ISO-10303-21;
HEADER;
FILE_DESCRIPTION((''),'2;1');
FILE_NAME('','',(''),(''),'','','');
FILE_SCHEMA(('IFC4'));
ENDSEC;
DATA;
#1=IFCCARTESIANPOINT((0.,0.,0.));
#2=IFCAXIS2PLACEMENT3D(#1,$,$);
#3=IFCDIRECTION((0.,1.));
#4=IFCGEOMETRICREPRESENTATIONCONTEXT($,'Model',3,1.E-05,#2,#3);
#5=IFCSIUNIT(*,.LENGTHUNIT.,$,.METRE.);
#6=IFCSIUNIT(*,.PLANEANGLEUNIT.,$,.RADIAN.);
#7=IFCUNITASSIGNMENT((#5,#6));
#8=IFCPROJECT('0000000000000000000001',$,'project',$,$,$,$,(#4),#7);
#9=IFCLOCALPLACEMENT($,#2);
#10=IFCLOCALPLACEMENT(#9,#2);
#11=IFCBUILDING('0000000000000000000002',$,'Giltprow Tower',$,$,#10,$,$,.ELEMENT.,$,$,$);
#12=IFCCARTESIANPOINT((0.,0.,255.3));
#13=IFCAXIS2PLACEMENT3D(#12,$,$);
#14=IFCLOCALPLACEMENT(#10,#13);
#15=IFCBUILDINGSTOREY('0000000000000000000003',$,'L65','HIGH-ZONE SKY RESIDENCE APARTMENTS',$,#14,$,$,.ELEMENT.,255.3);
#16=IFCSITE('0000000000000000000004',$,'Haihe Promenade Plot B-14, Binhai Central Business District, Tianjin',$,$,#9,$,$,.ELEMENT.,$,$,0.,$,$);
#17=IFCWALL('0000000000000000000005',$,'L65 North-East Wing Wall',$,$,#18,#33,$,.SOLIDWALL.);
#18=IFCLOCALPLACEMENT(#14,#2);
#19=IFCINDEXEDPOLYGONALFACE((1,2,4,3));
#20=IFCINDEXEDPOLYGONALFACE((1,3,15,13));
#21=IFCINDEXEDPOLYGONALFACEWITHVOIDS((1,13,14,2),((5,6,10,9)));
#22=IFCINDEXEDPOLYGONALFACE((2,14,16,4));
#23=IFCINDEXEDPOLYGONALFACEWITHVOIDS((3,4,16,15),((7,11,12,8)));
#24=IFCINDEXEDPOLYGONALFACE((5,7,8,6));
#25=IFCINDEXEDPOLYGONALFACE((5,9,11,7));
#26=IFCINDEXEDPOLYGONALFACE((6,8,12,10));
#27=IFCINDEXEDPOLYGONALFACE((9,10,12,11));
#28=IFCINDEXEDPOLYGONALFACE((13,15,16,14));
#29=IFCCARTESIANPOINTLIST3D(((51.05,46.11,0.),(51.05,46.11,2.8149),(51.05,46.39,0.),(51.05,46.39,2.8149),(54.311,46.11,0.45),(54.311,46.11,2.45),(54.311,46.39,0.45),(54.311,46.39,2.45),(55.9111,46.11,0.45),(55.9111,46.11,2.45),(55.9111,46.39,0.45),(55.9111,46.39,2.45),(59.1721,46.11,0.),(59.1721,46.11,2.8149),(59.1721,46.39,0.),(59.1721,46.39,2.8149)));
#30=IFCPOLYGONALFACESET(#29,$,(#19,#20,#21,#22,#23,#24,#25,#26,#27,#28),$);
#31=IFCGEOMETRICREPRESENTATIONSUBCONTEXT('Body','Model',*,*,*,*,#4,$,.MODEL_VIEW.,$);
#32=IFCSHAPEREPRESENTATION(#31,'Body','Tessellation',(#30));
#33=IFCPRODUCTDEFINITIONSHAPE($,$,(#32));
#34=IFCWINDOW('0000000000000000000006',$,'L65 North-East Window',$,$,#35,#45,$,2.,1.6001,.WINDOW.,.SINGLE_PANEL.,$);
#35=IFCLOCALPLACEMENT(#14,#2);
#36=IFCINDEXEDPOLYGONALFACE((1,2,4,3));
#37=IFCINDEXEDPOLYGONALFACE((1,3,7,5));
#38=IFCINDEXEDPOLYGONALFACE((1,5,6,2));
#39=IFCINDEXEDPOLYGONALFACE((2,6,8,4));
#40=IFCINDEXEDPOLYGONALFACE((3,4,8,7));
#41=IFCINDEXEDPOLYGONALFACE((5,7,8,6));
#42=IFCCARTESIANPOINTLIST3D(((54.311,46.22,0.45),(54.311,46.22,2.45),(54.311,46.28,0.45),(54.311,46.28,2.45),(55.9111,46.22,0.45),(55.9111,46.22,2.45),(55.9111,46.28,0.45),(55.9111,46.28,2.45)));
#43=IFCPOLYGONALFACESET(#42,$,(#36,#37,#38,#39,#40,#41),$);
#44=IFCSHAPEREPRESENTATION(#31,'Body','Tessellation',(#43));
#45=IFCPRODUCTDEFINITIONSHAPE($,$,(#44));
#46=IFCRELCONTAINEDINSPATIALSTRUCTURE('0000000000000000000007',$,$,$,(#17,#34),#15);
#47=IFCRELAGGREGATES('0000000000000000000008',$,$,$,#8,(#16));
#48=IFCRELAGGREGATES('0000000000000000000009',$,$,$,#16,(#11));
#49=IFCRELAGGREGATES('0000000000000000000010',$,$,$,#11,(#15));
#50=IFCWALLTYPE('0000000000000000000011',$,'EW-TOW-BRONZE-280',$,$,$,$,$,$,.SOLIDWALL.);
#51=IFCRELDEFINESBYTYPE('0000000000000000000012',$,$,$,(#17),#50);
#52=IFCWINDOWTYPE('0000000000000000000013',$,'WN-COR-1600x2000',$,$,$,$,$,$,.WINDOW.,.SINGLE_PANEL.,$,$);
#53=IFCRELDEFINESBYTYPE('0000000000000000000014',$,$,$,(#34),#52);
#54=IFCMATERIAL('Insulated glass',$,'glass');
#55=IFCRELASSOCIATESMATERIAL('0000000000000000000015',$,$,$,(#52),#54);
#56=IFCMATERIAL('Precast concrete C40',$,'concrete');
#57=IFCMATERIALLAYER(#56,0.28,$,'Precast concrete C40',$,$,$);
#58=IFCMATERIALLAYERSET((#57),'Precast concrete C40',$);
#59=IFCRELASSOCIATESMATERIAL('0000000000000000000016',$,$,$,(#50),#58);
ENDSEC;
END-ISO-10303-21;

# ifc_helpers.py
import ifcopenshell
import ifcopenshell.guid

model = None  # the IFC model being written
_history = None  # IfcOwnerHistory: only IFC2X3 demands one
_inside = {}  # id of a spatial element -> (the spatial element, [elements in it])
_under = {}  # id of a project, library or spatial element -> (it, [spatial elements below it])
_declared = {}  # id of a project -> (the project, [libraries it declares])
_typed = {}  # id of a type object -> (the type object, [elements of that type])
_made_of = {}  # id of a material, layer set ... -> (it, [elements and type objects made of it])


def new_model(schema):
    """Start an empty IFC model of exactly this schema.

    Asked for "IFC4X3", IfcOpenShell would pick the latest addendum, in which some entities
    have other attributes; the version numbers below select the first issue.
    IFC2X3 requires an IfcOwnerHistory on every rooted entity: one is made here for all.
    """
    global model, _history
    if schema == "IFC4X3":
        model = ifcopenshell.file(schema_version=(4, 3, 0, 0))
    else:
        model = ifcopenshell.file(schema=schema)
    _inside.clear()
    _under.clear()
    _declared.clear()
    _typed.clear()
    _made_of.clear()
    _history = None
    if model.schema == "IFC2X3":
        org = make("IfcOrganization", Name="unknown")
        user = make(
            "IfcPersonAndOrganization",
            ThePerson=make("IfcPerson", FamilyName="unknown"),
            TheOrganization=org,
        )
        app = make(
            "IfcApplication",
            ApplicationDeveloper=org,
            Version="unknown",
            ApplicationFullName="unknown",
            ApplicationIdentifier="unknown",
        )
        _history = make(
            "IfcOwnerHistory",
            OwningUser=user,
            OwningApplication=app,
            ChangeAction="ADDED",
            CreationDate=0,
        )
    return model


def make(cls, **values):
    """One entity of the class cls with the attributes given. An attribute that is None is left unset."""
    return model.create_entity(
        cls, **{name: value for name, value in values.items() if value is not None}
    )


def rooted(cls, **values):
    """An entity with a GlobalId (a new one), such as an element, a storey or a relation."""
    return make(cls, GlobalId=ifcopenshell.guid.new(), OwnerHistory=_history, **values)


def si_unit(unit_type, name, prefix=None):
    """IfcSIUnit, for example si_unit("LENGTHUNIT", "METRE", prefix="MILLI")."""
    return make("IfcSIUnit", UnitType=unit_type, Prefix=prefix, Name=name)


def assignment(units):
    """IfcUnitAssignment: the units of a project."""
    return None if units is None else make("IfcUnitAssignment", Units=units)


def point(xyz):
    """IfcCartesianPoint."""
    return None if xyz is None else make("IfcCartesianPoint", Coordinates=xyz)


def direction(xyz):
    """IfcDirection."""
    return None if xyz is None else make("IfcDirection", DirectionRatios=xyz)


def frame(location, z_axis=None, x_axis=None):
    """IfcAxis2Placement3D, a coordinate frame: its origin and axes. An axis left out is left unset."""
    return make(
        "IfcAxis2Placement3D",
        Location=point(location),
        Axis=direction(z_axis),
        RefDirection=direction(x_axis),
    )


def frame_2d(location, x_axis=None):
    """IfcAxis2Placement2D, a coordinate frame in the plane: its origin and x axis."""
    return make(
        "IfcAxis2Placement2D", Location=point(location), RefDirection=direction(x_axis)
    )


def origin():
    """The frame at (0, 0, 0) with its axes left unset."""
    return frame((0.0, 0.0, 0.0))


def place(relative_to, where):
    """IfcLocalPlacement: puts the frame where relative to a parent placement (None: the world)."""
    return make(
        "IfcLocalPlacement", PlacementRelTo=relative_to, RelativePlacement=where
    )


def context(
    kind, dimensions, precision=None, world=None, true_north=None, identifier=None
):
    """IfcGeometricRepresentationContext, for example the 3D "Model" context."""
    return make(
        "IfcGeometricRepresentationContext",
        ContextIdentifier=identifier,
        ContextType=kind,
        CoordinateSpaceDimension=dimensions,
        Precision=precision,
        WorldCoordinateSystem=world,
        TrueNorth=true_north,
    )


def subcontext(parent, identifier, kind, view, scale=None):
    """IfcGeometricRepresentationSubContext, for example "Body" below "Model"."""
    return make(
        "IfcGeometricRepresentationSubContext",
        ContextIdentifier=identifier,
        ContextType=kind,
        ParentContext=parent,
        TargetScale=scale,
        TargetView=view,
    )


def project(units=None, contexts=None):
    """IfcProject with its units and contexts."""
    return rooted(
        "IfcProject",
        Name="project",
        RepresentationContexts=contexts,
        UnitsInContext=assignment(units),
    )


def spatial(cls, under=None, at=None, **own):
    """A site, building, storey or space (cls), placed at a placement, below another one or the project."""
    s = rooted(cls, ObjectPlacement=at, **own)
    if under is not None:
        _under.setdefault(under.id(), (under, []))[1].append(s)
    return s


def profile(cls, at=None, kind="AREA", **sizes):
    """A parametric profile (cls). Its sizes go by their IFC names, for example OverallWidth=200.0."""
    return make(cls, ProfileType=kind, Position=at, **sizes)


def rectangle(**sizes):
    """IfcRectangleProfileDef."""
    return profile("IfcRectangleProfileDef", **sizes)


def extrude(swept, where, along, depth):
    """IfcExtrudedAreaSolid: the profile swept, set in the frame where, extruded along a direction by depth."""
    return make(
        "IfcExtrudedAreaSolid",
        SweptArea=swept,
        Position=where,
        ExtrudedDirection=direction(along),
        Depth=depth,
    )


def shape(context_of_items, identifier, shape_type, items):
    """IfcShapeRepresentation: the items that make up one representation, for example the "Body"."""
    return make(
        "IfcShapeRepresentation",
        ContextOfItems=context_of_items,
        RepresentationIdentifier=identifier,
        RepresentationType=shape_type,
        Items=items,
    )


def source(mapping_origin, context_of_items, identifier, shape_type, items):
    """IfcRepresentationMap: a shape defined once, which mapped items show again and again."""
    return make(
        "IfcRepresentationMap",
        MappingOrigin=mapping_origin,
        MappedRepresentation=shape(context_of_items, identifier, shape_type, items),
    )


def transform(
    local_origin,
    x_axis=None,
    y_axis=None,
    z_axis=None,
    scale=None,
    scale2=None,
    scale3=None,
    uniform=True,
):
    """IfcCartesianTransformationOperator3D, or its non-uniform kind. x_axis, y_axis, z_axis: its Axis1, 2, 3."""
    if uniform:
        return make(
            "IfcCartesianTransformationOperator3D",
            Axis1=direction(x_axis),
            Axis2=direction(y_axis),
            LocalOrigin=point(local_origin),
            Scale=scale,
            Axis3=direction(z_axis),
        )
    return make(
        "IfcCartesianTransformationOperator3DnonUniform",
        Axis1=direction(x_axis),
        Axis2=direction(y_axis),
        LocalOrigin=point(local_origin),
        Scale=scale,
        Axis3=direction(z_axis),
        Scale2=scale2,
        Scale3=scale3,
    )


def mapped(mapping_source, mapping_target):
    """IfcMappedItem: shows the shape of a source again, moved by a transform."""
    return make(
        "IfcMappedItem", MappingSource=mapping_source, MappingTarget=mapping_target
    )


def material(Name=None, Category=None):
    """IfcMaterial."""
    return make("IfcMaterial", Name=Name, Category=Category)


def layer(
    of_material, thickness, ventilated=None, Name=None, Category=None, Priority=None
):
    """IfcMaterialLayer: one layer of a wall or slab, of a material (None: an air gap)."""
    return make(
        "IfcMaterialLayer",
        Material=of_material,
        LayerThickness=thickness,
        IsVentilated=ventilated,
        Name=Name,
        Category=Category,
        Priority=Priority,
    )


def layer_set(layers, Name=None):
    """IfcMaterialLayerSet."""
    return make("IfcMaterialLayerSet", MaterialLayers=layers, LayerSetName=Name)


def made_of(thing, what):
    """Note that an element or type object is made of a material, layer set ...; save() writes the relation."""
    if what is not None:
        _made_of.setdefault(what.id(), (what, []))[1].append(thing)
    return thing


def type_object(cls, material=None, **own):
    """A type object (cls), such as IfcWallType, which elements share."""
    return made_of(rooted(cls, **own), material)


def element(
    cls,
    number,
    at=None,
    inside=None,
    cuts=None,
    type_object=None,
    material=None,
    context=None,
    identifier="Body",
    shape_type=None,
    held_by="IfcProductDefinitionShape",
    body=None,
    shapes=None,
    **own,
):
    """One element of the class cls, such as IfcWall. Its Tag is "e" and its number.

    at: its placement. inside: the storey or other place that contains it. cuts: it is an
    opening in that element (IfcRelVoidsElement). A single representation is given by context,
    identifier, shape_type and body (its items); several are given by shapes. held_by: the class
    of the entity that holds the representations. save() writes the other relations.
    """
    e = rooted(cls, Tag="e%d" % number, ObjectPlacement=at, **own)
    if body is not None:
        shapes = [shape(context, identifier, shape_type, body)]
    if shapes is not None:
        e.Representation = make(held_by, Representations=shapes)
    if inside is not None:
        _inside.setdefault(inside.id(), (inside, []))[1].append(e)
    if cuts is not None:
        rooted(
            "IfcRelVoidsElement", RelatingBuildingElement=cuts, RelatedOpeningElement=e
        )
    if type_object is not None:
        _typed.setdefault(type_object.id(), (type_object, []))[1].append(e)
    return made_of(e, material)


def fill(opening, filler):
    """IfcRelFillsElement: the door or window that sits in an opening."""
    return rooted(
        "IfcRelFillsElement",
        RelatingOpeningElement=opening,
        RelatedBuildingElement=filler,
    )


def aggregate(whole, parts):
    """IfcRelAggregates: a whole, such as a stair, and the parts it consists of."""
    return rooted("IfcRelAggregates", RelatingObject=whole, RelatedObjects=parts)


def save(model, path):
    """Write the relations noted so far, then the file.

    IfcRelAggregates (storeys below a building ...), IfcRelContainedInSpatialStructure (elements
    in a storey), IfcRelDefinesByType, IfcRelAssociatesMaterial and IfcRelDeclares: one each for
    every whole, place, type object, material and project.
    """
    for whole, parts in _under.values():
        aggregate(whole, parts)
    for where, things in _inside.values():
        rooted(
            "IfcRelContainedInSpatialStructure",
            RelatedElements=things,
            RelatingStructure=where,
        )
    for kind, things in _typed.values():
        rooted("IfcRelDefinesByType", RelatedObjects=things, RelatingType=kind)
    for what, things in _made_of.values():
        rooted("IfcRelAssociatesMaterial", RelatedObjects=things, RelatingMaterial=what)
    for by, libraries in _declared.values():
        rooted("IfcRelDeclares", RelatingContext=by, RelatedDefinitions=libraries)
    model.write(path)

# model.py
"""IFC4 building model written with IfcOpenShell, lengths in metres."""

from ifc_helpers import new_model, si_unit, direction, frame, frame_2d, origin, place, context, subcontext, project, spatial, rectangle, extrude, source, transform, mapped, material, layer, layer_set, type_object, element, fill, save


model = new_model("IFC4")

# Units and contexts
model_context = context("Model", 3, precision=1e-05, world=origin(), true_north=direction((0.0, 1.0)))
body_context = subcontext(model_context, "Body", "Model", "MODEL_VIEW")
ifc_project = project(units=[si_unit("LENGTHUNIT", "METRE"), si_unit("PLANEANGLEUNIT", "RADIAN")], contexts=[model_context])

# Site, building, storey
site_placement = place(None, origin())
site = spatial("IfcSite", under=ifc_project, at=site_placement, Name="Haihe Promenade Plot B-14, Binhai Central Business District, Tianjin", CompositionType="ELEMENT", RefElevation=0.0)
building_placement = place(site_placement, origin())
building = spatial("IfcBuilding", under=site, at=building_placement, Name="Giltprow Tower", CompositionType="ELEMENT")
storey_placement = place(building_placement, frame((0.0, 0.0, 255.3)))
storey = spatial("IfcBuildingStorey", under=building, at=storey_placement, Name="L65", Description="HIGH-ZONE SKY RESIDENCE APARTMENTS", CompositionType="ELEMENT", Elevation=255.3)

# Wall, opening, window
ifc_material_1 = material(Name="Precast concrete C40", Category="concrete")
ifc_material_2 = material(Name="Insulated glass", Category="glass")
window_type = type_object("IfcWindowType", Name="WN-COR-1600x2000", PartitioningType="SINGLE_PANEL", PredefinedType="WINDOW", material=ifc_material_2)
shared_shape_1 = source(origin(), body_context, "Body", "SweptSolid", [
    extrude(rectangle(XDim=1.6001, YDim=2.0, at=frame_2d((0.8, 1.0))), frame((0.0, 0.03, 0.0), z_axis=(0.0, -1.0, 0.0), x_axis=(1.0, 0.0, 0.0)), (0.0, 0.0, 1.0), 0.0601),
])
ifc_layer_1 = layer(ifc_material_1, 0.28, Name="Precast concrete C40")
ifc_layer_set_1 = layer_set([ifc_layer_1], Name="Precast concrete C40")
wall_type_1 = type_object("IfcWallType", Name="EW-TOW-BRONZE-280", PredefinedType="SOLIDWALL", material=ifc_layer_set_1)
wall_1_placement = place(storey_placement, frame((51.05, 46.25, 0.0), z_axis=(0.0, 0.0, 1.0), x_axis=(1.0, 0.0, 0.0)))
wall_1 = element("IfcWall", 1, at=wall_1_placement, inside=storey, type_object=wall_type_1, Name="L65 North-East Wing Wall", PredefinedType="SOLIDWALL", context=body_context, shape_type="SweptSolid", body=[
    extrude(rectangle(XDim=8.1221, YDim=0.28, at=frame_2d((4.061, 0.0))), origin(), (0.0, 0.0, 1.0), 2.8149),
])
opening_1_placement = place(wall_1_placement, frame((3.261, 0.0, 0.45)))
opening_1 = element("IfcOpeningElement", 2, at=opening_1_placement, cuts=wall_1, PredefinedType="OPENING", context=body_context, shape_type="SweptSolid", body=[
    extrude(rectangle(XDim=1.6001, YDim=2.0, at=frame_2d((0.8, 1.0))), frame((0.0, 0.1499, 0.0), z_axis=(0.0, -1.0, 0.0), x_axis=(1.0, 0.0, 0.0)), (0.0, 0.0, 1.0), 0.3),
])
window_1_placement = place(opening_1_placement, origin())
window_1 = element("IfcWindow", 3, at=window_1_placement, inside=storey, type_object=window_type, Name="L65 North-East Window", OverallHeight=2.0, OverallWidth=1.6001, PartitioningType="SINGLE_PANEL", PredefinedType="WINDOW", context=body_context, shape_type="MappedRepresentation", body=[
    mapped(shared_shape_1, transform((0.0, 0.0, 0.0), x_axis=(1.0, 0.0, 0.0), y_axis=(0.0, 1.0, 0.0), z_axis=(0.0, 0.0, 1.0), scale=1.0)),
])
fill(opening_1, window_1)

save(model, "model.ifc")
